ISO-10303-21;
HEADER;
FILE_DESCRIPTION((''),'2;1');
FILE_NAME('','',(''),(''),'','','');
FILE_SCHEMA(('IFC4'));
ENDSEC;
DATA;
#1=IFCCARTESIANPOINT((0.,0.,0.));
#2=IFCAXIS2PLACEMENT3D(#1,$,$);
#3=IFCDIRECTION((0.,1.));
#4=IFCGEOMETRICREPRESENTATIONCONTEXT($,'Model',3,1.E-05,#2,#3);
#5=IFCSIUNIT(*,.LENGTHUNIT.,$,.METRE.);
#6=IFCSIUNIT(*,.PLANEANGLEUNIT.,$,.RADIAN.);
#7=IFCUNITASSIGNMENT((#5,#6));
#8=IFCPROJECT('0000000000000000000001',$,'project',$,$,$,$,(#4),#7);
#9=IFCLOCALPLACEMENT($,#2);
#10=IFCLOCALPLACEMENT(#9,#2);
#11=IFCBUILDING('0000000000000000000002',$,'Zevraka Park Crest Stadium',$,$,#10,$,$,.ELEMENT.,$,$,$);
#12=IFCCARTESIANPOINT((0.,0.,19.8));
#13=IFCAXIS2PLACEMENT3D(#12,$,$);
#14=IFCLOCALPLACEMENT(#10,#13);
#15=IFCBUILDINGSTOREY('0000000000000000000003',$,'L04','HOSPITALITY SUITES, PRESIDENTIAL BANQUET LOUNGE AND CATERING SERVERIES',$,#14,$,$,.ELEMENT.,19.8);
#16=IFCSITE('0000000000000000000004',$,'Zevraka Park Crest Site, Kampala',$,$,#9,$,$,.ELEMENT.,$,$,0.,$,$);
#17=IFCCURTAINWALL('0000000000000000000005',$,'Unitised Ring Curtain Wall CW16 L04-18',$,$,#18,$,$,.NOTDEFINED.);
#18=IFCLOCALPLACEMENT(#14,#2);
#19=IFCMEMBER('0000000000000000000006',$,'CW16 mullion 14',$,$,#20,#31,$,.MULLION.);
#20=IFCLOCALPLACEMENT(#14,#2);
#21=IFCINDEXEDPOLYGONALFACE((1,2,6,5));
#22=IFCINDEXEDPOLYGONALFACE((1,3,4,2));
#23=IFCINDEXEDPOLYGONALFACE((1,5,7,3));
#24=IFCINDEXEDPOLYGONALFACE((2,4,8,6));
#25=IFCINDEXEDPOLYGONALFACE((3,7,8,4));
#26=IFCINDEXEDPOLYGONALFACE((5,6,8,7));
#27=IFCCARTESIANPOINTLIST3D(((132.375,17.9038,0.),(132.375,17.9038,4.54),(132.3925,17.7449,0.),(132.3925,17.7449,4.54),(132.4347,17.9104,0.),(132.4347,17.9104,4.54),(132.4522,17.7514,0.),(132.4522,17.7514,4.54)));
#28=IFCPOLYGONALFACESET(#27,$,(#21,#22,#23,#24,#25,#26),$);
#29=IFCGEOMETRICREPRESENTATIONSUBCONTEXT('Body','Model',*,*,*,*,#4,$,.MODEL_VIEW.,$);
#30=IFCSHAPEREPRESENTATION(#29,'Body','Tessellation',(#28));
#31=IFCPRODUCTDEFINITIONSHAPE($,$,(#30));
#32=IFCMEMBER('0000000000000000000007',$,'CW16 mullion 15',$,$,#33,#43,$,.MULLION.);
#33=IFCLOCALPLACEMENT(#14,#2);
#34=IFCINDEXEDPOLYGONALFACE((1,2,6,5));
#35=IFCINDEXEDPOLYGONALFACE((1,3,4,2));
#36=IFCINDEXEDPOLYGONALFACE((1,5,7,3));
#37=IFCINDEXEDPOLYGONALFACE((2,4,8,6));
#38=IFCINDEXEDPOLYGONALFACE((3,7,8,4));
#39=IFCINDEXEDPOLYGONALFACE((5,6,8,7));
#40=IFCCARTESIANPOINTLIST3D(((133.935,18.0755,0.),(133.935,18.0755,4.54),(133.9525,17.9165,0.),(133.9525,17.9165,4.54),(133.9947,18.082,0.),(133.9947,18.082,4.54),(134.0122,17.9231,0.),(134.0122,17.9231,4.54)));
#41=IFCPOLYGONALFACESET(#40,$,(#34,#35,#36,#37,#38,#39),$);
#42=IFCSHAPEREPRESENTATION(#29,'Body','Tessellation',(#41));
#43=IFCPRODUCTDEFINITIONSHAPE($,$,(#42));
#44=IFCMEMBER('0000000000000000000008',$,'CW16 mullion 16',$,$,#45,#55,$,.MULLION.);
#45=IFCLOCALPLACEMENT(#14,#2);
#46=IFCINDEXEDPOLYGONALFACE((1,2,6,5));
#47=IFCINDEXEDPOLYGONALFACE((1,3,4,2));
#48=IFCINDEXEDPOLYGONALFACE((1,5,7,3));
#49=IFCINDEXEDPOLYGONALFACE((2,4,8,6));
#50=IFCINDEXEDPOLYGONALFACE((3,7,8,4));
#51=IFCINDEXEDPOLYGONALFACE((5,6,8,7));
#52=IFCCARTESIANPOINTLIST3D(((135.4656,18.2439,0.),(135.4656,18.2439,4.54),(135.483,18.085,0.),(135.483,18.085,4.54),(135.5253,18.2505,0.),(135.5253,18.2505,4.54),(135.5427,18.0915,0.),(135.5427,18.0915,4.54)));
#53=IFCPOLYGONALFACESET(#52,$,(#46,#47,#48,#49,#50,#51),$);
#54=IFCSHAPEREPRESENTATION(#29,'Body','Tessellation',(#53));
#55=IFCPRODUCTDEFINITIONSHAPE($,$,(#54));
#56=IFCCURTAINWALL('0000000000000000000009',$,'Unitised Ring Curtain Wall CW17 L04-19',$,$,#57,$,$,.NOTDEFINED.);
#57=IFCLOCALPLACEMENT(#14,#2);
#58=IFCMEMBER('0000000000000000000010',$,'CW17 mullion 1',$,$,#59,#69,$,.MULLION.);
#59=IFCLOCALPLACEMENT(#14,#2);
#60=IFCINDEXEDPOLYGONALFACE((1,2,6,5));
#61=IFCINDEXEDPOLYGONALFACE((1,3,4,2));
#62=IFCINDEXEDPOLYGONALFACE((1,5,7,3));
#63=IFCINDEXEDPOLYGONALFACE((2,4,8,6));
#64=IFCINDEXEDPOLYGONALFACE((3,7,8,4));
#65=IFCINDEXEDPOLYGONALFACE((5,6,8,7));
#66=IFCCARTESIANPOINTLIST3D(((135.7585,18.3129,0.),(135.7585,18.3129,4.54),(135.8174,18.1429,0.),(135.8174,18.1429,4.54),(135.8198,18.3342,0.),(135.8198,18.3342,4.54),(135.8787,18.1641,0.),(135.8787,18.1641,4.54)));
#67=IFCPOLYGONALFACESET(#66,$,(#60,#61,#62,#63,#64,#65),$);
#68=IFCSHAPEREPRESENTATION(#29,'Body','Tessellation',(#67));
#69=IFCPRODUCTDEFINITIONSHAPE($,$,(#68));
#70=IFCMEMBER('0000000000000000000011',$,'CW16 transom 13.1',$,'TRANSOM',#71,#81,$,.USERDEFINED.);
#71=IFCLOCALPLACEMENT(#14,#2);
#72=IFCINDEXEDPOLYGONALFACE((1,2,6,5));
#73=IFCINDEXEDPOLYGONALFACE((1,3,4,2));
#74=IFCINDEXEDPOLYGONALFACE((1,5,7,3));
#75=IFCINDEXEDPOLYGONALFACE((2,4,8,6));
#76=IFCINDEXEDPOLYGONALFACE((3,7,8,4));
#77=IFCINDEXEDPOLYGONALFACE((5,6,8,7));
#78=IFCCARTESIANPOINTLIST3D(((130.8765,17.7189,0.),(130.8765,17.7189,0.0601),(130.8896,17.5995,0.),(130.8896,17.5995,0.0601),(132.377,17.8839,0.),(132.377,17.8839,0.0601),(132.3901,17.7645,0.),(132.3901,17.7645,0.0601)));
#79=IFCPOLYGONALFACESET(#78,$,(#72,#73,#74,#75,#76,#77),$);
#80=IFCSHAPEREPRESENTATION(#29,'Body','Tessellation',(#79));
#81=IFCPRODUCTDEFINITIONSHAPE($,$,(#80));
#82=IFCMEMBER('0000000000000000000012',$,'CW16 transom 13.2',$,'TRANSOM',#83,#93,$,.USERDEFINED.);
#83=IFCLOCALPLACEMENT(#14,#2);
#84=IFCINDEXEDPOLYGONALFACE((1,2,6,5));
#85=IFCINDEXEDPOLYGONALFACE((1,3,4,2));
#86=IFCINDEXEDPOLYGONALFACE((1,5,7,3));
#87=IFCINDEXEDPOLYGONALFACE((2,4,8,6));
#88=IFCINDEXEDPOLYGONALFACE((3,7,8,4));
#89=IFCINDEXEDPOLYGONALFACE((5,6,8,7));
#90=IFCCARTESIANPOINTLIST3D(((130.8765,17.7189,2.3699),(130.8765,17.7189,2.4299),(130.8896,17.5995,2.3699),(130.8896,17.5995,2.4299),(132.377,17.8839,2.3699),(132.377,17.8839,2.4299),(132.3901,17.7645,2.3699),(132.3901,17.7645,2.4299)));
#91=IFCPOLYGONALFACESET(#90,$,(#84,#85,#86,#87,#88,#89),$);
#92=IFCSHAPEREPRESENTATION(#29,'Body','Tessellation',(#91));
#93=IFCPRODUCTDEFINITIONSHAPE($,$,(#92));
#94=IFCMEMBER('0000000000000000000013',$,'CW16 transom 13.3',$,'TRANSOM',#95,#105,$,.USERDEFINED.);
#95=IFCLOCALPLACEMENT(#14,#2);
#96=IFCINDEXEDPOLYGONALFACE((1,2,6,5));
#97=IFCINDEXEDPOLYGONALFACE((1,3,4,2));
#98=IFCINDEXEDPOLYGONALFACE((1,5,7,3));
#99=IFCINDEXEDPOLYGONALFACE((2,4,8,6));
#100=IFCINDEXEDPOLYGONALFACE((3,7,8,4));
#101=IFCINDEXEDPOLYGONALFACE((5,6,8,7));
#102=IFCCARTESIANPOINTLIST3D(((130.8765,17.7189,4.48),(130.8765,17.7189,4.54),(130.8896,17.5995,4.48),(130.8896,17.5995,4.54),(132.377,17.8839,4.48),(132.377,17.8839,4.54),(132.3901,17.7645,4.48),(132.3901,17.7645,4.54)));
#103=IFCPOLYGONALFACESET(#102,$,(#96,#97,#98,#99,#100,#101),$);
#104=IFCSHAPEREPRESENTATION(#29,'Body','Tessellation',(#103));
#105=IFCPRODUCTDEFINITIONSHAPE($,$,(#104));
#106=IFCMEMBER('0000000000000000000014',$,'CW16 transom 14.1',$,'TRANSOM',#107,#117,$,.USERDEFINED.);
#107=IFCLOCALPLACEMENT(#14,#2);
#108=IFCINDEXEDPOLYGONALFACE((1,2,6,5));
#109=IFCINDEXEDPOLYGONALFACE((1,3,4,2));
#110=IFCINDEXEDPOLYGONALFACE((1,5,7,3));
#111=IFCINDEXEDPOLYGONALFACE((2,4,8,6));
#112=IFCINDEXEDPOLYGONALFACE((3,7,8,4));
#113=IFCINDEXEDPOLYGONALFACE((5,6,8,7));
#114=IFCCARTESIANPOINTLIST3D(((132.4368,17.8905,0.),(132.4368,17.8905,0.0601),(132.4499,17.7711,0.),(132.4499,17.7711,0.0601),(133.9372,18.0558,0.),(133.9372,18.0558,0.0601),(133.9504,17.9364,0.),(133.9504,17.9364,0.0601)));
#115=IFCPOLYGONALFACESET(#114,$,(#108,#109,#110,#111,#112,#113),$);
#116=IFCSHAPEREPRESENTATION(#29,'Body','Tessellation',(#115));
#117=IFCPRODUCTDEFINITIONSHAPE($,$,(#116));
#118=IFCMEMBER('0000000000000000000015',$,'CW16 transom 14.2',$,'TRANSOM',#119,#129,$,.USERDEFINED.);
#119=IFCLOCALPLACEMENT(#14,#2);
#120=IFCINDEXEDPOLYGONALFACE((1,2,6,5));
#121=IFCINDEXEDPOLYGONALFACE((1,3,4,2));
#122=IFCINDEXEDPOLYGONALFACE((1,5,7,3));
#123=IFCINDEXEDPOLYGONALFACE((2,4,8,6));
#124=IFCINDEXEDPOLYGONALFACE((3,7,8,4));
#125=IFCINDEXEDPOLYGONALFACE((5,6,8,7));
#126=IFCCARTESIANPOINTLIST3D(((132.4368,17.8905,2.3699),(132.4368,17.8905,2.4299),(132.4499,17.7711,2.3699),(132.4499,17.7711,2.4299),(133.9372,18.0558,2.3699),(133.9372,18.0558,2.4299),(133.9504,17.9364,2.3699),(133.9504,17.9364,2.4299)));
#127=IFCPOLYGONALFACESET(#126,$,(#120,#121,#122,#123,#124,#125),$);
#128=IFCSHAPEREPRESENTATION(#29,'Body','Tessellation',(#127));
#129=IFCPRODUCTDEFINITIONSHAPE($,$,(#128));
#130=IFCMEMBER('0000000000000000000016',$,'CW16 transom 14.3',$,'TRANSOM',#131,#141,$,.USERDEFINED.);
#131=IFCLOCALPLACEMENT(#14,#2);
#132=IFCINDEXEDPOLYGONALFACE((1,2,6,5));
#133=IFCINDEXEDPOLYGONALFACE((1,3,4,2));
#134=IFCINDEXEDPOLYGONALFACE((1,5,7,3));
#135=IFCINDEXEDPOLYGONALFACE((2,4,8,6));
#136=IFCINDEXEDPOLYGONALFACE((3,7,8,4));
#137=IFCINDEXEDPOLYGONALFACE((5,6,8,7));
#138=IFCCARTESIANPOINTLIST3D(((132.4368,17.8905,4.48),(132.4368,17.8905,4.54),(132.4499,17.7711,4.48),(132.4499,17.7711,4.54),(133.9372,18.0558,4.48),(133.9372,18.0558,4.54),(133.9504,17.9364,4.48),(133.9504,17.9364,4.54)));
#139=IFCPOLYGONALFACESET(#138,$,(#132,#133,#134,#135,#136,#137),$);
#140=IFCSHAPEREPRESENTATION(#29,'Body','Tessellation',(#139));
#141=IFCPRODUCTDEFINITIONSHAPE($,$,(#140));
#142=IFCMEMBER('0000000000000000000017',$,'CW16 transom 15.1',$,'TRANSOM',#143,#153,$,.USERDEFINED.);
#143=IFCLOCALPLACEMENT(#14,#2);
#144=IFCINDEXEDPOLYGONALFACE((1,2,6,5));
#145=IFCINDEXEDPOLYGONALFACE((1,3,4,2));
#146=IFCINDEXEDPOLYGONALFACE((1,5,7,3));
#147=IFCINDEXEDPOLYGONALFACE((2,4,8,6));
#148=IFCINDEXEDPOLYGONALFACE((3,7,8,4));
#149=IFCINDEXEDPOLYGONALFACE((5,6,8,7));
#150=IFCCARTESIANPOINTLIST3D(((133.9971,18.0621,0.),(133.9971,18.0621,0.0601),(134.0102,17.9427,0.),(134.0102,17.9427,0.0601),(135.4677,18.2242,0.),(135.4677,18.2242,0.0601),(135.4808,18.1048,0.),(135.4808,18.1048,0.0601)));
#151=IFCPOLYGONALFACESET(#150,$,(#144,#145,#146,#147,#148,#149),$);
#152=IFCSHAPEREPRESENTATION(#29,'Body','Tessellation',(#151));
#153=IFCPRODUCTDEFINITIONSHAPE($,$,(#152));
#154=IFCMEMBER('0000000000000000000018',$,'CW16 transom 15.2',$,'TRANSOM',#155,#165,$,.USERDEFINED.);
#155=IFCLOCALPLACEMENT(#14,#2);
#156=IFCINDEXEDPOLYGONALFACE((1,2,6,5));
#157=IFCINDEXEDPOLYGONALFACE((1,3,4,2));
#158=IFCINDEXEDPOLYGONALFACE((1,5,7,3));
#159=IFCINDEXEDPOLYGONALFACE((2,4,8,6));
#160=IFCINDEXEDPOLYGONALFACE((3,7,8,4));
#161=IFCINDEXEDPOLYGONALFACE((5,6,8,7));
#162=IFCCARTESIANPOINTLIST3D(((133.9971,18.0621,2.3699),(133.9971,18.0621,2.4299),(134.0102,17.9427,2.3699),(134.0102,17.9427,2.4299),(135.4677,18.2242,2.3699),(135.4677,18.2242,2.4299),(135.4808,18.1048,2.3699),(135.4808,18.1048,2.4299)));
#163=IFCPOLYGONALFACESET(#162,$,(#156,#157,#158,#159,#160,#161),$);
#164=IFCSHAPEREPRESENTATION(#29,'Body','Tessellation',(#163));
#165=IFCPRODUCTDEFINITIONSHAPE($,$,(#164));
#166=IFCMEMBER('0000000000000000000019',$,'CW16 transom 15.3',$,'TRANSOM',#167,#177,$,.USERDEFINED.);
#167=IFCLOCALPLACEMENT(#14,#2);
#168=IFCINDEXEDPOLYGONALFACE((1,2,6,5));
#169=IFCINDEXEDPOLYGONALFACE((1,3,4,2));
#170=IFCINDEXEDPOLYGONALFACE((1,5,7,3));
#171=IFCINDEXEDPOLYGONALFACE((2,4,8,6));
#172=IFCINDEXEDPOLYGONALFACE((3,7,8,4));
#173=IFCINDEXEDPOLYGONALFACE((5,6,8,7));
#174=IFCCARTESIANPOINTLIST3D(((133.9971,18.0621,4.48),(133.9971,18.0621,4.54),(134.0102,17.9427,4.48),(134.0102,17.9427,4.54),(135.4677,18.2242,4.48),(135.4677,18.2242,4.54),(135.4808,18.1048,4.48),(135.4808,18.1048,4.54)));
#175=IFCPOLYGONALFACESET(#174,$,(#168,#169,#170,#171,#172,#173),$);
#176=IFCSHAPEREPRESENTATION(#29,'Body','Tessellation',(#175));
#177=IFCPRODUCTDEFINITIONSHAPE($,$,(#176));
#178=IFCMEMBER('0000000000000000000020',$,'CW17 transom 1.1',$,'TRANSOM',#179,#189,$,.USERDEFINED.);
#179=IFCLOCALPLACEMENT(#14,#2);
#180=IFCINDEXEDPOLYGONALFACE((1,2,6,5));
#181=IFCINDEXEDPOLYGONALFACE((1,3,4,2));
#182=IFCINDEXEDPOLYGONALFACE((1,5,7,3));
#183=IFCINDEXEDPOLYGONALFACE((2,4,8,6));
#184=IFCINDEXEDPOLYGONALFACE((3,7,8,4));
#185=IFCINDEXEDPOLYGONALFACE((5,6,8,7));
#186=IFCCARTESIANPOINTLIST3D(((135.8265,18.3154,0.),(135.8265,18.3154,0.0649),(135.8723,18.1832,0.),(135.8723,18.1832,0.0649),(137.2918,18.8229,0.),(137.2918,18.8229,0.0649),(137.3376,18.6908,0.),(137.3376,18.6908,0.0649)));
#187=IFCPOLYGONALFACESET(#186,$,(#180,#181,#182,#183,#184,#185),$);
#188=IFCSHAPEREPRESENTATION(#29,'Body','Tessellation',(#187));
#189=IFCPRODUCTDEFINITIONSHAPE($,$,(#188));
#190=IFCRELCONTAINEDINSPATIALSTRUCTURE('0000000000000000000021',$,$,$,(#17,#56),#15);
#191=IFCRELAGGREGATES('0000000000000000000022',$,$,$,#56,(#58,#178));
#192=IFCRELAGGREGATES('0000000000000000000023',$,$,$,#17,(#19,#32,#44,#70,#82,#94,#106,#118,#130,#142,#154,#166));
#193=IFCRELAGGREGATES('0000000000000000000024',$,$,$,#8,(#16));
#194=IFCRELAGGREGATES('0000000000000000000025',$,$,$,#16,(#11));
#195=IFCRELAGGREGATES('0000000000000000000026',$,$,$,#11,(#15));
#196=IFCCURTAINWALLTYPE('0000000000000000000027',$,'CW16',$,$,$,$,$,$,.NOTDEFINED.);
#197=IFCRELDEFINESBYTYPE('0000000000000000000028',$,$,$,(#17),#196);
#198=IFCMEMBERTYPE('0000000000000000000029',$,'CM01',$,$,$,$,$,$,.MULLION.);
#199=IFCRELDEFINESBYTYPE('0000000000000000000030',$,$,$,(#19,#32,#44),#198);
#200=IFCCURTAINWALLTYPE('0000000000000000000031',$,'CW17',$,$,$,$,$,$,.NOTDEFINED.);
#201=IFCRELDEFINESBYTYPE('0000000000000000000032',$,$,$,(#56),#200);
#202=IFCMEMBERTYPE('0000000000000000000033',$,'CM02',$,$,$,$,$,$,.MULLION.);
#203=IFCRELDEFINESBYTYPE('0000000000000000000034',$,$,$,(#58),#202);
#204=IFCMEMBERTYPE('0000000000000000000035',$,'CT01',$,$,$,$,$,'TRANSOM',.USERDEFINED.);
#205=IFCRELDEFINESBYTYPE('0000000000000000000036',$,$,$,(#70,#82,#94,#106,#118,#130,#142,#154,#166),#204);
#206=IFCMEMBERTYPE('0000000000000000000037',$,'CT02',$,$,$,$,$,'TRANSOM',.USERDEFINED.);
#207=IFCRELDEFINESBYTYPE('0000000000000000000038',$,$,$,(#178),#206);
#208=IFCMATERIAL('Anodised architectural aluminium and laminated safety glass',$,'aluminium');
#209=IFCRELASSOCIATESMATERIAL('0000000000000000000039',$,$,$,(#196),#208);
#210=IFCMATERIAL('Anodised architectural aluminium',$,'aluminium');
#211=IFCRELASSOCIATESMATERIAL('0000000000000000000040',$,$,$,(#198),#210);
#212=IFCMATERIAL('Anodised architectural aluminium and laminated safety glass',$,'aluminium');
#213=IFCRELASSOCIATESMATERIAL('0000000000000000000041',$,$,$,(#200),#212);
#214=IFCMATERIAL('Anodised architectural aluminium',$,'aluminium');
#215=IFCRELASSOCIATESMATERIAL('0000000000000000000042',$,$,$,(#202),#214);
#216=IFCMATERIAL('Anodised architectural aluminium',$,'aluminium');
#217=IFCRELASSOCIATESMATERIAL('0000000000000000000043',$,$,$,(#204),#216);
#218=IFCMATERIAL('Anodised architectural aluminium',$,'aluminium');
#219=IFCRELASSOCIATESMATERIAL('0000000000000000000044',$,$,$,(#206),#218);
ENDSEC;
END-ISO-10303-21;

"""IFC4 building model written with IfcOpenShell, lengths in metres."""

from ifc_helpers import new_model, si_unit, direction, frame, origin, origin_2d, place, context, subcontext, project, spatial, rectangle, extrude, material, material_profile, profile_set, type_object, element, aggregate, save


model = new_model("IFC4")

# Units and contexts
model_context = context("Model", 3, precision=1e-05, world=origin(), true_north=direction((0.0, 1.0)))
body_context = subcontext(model_context, "Body", "Model", "MODEL_VIEW")
ifc_project = project(units=[si_unit("LENGTHUNIT", "METRE"), si_unit("PLANEANGLEUNIT", "RADIAN")], contexts=[model_context])

# Site, building, storey
site_placement = place(None, origin())
site = spatial("IfcSite", under=ifc_project, at=site_placement, Name="Zevraka Park Crest Site, Kampala", CompositionType="ELEMENT", RefElevation=0.0)
building_placement = place(site_placement, origin())
building = spatial("IfcBuilding", under=site, at=building_placement, Name="Zevraka Park Crest Stadium", CompositionType="ELEMENT")
storey_placement = place(building_placement, frame((0.0, 0.0, 19.8)))
storey = spatial("IfcBuildingStorey", under=building, at=storey_placement, Name="L04", Description="HOSPITALITY SUITES, PRESIDENTIAL BANQUET LOUNGE AND CATERING SERVERIES", CompositionType="ELEMENT", Elevation=19.8)

# Curtain wall, members
ifc_material_1 = material(Name="Anodised architectural aluminium and laminated safety glass", Category="aluminium")
curtain_wall_type_1 = type_object("IfcCurtainWallType", Name="CW16", PredefinedType="NOTDEFINED", material=ifc_material_1)
curtain_wall_1_placement = place(storey_placement, origin())
curtain_wall_1 = element("IfcCurtainWall", 1, at=curtain_wall_1_placement, inside=storey, type_object=curtain_wall_type_1, Name="Unitised Ring Curtain Wall CW16 L04-18", PredefinedType="NOTDEFINED")
ifc_material_2 = material(Name="Anodised architectural aluminium", Category="aluminium")
ifc_material_profile_1 = material_profile(ifc_material_2, rectangle(XDim=0.1599, YDim=0.0601, at=origin_2d()), Name="ALU MULLION 160x60")
ifc_profile_set_1 = profile_set([ifc_material_profile_1], Name="Anodised architectural aluminium")
member_type_1 = type_object("IfcMemberType", Name="CM01", PredefinedType="MULLION", material=ifc_profile_set_1)
member_1_placement = place(storey_placement, frame((132.4136, 17.8276, 0.0), z_axis=(0.0, 0.0, 1.0), x_axis=(-0.109406, 0.993997, 0.0)))
member_1 = element("IfcMember", 2, at=member_1_placement, type_object=member_type_1, Name="CW16 mullion 14", PredefinedType="MULLION", context=body_context, shape_type="SweptSolid", body=[
    extrude(rectangle(XDim=0.1599, YDim=0.0601, at=origin_2d()), origin(), (0.0, 0.0, 1.0), 4.54),
])
member_2_placement = place(storey_placement, frame((133.9736, 17.9993, 0.0), z_axis=(0.0, 0.0, 1.0), x_axis=(-0.109406, 0.993997, 0.0)))
member_2 = element("IfcMember", 3, at=member_2_placement, type_object=member_type_1, Name="CW16 mullion 15", PredefinedType="MULLION", context=body_context, shape_type="SweptSolid", body=[
    extrude(rectangle(XDim=0.1599, YDim=0.0601, at=origin_2d()), origin(), (0.0, 0.0, 1.0), 4.54),
])
member_3_placement = place(storey_placement, frame((135.5042, 18.1677, 0.0), z_axis=(0.0, 0.0, 1.0), x_axis=(-0.109406, 0.993997, 0.0)))
member_3 = element("IfcMember", 4, at=member_3_placement, type_object=member_type_1, Name="CW16 mullion 16", PredefinedType="MULLION", context=body_context, shape_type="SweptSolid", body=[
    extrude(rectangle(XDim=0.1599, YDim=0.0601, at=origin_2d()), origin(), (0.0, 0.0, 1.0), 4.54),
])

# Curtain wall, member
ifc_material_3 = material(Name="Anodised architectural aluminium and laminated safety glass", Category="aluminium")
curtain_wall_type_2 = type_object("IfcCurtainWallType", Name="CW17", PredefinedType="NOTDEFINED", material=ifc_material_3)
curtain_wall_2_placement = place(storey_placement, origin())
curtain_wall_2 = element("IfcCurtainWall", 5, at=curtain_wall_2_placement, inside=storey, type_object=curtain_wall_type_2, Name="Unitised Ring Curtain Wall CW17 L04-19", PredefinedType="NOTDEFINED")
ifc_material_4 = material(Name="Anodised architectural aluminium", Category="aluminium")
ifc_material_profile_2 = material_profile(ifc_material_4, rectangle(XDim=0.1799, YDim=0.0649, at=origin_2d()), Name="ALU MULLION 180x65")
ifc_profile_set_2 = profile_set([ifc_material_profile_2], Name="Anodised architectural aluminium")
member_type_2 = type_object("IfcMemberType", Name="CM02", PredefinedType="MULLION", material=ifc_profile_set_2)
member_4_placement = place(storey_placement, frame((135.8186, 18.2385, 0.0), z_axis=(0.0, 0.0, 1.0), x_axis=(-0.327245, 0.94494, 0.0)))
member_4 = element("IfcMember", 6, at=member_4_placement, type_object=member_type_2, Name="CW17 mullion 1", PredefinedType="MULLION", context=body_context, shape_type="SweptSolid", body=[
    extrude(rectangle(XDim=0.1799, YDim=0.0649, at=origin_2d()), origin(), (0.0, 0.0, 1.0), 4.54),
])

# Members
ifc_material_5 = material(Name="Anodised architectural aluminium", Category="aluminium")
ifc_material_profile_3 = material_profile(ifc_material_5, rectangle(XDim=0.1201, YDim=0.0601, at=origin_2d()), Name="ALU TRANSOM 120x60")
ifc_profile_set_3 = profile_set([ifc_material_profile_3], Name="Anodised architectural aluminium")
member_type_3 = type_object("IfcMemberType", Name="CT01", ElementType="TRANSOM", PredefinedType="USERDEFINED", material=ifc_profile_set_3)
member_5_placement = place(storey_placement, frame((130.8831, 17.6592, 0.03), z_axis=(0.994005, 0.109331, 0.0), x_axis=(-0.109331, 0.994005, 0.0)))
member_5 = element("IfcMember", 7, at=member_5_placement, type_object=member_type_3, Name="CW16 transom 13.1", ObjectType="TRANSOM", PredefinedType="USERDEFINED", context=body_context, shape_type="SweptSolid", body=[
    extrude(rectangle(XDim=0.1201, YDim=0.0601, at=origin_2d()), origin(), (0.0, 0.0, 1.0), 1.5095),
])
member_6_placement = place(storey_placement, frame((130.8831, 17.6592, 2.3999), z_axis=(0.994005, 0.109331, 0.0), x_axis=(-0.109331, 0.994005, 0.0)))
member_6 = element("IfcMember", 8, at=member_6_placement, type_object=member_type_3, Name="CW16 transom 13.2", ObjectType="TRANSOM", PredefinedType="USERDEFINED", context=body_context, shape_type="SweptSolid", body=[
    extrude(rectangle(XDim=0.1201, YDim=0.0601, at=origin_2d()), origin(), (0.0, 0.0, 1.0), 1.5095),
])
member_7_placement = place(storey_placement, frame((130.8831, 17.6592, 4.51), z_axis=(0.994005, 0.109331, 0.0), x_axis=(-0.109331, 0.994005, 0.0)))
member_7 = element("IfcMember", 9, at=member_7_placement, type_object=member_type_3, Name="CW16 transom 13.3", ObjectType="TRANSOM", PredefinedType="USERDEFINED", context=body_context, shape_type="SweptSolid", body=[
    extrude(rectangle(XDim=0.1201, YDim=0.0601, at=origin_2d()), origin(), (0.0, 0.0, 1.0), 1.5095),
])
member_8_placement = place(storey_placement, frame((132.4434, 17.8308, 0.03), z_axis=(0.993988, 0.109491, 0.0), x_axis=(-0.109491, 0.993988, 0.0)))
member_8 = element("IfcMember", 10, at=member_8_placement, type_object=member_type_3, Name="CW16 transom 14.1", ObjectType="TRANSOM", PredefinedType="USERDEFINED", context=body_context, shape_type="SweptSolid", body=[
    extrude(rectangle(XDim=0.1201, YDim=0.0601, at=origin_2d()), origin(), (0.0, 0.0, 1.0), 1.5095),
])
member_9_placement = place(storey_placement, frame((132.4434, 17.8308, 2.3999), z_axis=(0.993988, 0.109491, 0.0), x_axis=(-0.109491, 0.993988, 0.0)))
member_9 = element("IfcMember", 11, at=member_9_placement, type_object=member_type_3, Name="CW16 transom 14.2", ObjectType="TRANSOM", PredefinedType="USERDEFINED", context=body_context, shape_type="SweptSolid", body=[
    extrude(rectangle(XDim=0.1201, YDim=0.0601, at=origin_2d()), origin(), (0.0, 0.0, 1.0), 1.5095),
])
member_10_placement = place(storey_placement, frame((132.4434, 17.8308, 4.51), z_axis=(0.993988, 0.109491, 0.0), x_axis=(-0.109491, 0.993988, 0.0)))
member_10 = element("IfcMember", 12, at=member_10_placement, type_object=member_type_3, Name="CW16 transom 14.3", ObjectType="TRANSOM", PredefinedType="USERDEFINED", context=body_context, shape_type="SweptSolid", body=[
    extrude(rectangle(XDim=0.1201, YDim=0.0601, at=origin_2d()), origin(), (0.0, 0.0, 1.0), 1.5095),
])
member_11_placement = place(storey_placement, frame((134.0037, 18.0024, 0.03), z_axis=(0.99398, 0.109562, 0.0), x_axis=(-0.109562, 0.99398, 0.0)))
member_11 = element("IfcMember", 13, at=member_11_placement, type_object=member_type_3, Name="CW16 transom 15.1", ObjectType="TRANSOM", PredefinedType="USERDEFINED", context=body_context, shape_type="SweptSolid", body=[
    extrude(rectangle(XDim=0.1201, YDim=0.0601, at=origin_2d()), origin(), (0.0, 0.0, 1.0), 1.4795),
])
member_12_placement = place(storey_placement, frame((134.0037, 18.0024, 2.3999), z_axis=(0.99398, 0.109562, 0.0), x_axis=(-0.109562, 0.99398, 0.0)))
member_12 = element("IfcMember", 14, at=member_12_placement, type_object=member_type_3, Name="CW16 transom 15.2", ObjectType="TRANSOM", PredefinedType="USERDEFINED", context=body_context, shape_type="SweptSolid", body=[
    extrude(rectangle(XDim=0.1201, YDim=0.0601, at=origin_2d()), origin(), (0.0, 0.0, 1.0), 1.4795),
])
member_13_placement = place(storey_placement, frame((134.0037, 18.0024, 4.51), z_axis=(0.99398, 0.109562, 0.0), x_axis=(-0.109562, 0.99398, 0.0)))
member_13 = element("IfcMember", 15, at=member_13_placement, type_object=member_type_3, Name="CW16 transom 15.3", ObjectType="TRANSOM", PredefinedType="USERDEFINED", context=body_context, shape_type="SweptSolid", body=[
    extrude(rectangle(XDim=0.1201, YDim=0.0601, at=origin_2d()), origin(), (0.0, 0.0, 1.0), 1.4795),
])
ifc_material_6 = material(Name="Anodised architectural aluminium", Category="aluminium")
ifc_material_profile_4 = material_profile(ifc_material_6, rectangle(XDim=0.1399, YDim=0.0649, at=origin_2d()), Name="ALU TRANSOM 140x65")
ifc_profile_set_4 = profile_set([ifc_material_profile_4], Name="Anodised architectural aluminium")
member_type_4 = type_object("IfcMemberType", Name="CT02", ElementType="TRANSOM", PredefinedType="USERDEFINED", material=ifc_profile_set_4)
member_14_placement = place(storey_placement, frame((135.8494, 18.2493, 0.0325), z_axis=(0.944919, 0.327305, 0.0), x_axis=(-0.327305, 0.944919, 0.0)))
member_14 = element("IfcMember", 16, at=member_14_placement, type_object=member_type_4, Name="CW17 transom 1.1", ObjectType="TRANSOM", PredefinedType="USERDEFINED", context=body_context, shape_type="SweptSolid", body=[
    extrude(rectangle(XDim=0.1399, YDim=0.0649, at=origin_2d()), origin(), (0.0, 0.0, 1.0), 1.5508),
])
aggregate(curtain_wall_2, [member_4, member_14])

aggregate(curtain_wall_1, [member_1, member_2, member_3, member_5, member_6, member_7, member_8, member_9, member_10, member_11, member_12, member_13])

save(model, "model.ifc")
